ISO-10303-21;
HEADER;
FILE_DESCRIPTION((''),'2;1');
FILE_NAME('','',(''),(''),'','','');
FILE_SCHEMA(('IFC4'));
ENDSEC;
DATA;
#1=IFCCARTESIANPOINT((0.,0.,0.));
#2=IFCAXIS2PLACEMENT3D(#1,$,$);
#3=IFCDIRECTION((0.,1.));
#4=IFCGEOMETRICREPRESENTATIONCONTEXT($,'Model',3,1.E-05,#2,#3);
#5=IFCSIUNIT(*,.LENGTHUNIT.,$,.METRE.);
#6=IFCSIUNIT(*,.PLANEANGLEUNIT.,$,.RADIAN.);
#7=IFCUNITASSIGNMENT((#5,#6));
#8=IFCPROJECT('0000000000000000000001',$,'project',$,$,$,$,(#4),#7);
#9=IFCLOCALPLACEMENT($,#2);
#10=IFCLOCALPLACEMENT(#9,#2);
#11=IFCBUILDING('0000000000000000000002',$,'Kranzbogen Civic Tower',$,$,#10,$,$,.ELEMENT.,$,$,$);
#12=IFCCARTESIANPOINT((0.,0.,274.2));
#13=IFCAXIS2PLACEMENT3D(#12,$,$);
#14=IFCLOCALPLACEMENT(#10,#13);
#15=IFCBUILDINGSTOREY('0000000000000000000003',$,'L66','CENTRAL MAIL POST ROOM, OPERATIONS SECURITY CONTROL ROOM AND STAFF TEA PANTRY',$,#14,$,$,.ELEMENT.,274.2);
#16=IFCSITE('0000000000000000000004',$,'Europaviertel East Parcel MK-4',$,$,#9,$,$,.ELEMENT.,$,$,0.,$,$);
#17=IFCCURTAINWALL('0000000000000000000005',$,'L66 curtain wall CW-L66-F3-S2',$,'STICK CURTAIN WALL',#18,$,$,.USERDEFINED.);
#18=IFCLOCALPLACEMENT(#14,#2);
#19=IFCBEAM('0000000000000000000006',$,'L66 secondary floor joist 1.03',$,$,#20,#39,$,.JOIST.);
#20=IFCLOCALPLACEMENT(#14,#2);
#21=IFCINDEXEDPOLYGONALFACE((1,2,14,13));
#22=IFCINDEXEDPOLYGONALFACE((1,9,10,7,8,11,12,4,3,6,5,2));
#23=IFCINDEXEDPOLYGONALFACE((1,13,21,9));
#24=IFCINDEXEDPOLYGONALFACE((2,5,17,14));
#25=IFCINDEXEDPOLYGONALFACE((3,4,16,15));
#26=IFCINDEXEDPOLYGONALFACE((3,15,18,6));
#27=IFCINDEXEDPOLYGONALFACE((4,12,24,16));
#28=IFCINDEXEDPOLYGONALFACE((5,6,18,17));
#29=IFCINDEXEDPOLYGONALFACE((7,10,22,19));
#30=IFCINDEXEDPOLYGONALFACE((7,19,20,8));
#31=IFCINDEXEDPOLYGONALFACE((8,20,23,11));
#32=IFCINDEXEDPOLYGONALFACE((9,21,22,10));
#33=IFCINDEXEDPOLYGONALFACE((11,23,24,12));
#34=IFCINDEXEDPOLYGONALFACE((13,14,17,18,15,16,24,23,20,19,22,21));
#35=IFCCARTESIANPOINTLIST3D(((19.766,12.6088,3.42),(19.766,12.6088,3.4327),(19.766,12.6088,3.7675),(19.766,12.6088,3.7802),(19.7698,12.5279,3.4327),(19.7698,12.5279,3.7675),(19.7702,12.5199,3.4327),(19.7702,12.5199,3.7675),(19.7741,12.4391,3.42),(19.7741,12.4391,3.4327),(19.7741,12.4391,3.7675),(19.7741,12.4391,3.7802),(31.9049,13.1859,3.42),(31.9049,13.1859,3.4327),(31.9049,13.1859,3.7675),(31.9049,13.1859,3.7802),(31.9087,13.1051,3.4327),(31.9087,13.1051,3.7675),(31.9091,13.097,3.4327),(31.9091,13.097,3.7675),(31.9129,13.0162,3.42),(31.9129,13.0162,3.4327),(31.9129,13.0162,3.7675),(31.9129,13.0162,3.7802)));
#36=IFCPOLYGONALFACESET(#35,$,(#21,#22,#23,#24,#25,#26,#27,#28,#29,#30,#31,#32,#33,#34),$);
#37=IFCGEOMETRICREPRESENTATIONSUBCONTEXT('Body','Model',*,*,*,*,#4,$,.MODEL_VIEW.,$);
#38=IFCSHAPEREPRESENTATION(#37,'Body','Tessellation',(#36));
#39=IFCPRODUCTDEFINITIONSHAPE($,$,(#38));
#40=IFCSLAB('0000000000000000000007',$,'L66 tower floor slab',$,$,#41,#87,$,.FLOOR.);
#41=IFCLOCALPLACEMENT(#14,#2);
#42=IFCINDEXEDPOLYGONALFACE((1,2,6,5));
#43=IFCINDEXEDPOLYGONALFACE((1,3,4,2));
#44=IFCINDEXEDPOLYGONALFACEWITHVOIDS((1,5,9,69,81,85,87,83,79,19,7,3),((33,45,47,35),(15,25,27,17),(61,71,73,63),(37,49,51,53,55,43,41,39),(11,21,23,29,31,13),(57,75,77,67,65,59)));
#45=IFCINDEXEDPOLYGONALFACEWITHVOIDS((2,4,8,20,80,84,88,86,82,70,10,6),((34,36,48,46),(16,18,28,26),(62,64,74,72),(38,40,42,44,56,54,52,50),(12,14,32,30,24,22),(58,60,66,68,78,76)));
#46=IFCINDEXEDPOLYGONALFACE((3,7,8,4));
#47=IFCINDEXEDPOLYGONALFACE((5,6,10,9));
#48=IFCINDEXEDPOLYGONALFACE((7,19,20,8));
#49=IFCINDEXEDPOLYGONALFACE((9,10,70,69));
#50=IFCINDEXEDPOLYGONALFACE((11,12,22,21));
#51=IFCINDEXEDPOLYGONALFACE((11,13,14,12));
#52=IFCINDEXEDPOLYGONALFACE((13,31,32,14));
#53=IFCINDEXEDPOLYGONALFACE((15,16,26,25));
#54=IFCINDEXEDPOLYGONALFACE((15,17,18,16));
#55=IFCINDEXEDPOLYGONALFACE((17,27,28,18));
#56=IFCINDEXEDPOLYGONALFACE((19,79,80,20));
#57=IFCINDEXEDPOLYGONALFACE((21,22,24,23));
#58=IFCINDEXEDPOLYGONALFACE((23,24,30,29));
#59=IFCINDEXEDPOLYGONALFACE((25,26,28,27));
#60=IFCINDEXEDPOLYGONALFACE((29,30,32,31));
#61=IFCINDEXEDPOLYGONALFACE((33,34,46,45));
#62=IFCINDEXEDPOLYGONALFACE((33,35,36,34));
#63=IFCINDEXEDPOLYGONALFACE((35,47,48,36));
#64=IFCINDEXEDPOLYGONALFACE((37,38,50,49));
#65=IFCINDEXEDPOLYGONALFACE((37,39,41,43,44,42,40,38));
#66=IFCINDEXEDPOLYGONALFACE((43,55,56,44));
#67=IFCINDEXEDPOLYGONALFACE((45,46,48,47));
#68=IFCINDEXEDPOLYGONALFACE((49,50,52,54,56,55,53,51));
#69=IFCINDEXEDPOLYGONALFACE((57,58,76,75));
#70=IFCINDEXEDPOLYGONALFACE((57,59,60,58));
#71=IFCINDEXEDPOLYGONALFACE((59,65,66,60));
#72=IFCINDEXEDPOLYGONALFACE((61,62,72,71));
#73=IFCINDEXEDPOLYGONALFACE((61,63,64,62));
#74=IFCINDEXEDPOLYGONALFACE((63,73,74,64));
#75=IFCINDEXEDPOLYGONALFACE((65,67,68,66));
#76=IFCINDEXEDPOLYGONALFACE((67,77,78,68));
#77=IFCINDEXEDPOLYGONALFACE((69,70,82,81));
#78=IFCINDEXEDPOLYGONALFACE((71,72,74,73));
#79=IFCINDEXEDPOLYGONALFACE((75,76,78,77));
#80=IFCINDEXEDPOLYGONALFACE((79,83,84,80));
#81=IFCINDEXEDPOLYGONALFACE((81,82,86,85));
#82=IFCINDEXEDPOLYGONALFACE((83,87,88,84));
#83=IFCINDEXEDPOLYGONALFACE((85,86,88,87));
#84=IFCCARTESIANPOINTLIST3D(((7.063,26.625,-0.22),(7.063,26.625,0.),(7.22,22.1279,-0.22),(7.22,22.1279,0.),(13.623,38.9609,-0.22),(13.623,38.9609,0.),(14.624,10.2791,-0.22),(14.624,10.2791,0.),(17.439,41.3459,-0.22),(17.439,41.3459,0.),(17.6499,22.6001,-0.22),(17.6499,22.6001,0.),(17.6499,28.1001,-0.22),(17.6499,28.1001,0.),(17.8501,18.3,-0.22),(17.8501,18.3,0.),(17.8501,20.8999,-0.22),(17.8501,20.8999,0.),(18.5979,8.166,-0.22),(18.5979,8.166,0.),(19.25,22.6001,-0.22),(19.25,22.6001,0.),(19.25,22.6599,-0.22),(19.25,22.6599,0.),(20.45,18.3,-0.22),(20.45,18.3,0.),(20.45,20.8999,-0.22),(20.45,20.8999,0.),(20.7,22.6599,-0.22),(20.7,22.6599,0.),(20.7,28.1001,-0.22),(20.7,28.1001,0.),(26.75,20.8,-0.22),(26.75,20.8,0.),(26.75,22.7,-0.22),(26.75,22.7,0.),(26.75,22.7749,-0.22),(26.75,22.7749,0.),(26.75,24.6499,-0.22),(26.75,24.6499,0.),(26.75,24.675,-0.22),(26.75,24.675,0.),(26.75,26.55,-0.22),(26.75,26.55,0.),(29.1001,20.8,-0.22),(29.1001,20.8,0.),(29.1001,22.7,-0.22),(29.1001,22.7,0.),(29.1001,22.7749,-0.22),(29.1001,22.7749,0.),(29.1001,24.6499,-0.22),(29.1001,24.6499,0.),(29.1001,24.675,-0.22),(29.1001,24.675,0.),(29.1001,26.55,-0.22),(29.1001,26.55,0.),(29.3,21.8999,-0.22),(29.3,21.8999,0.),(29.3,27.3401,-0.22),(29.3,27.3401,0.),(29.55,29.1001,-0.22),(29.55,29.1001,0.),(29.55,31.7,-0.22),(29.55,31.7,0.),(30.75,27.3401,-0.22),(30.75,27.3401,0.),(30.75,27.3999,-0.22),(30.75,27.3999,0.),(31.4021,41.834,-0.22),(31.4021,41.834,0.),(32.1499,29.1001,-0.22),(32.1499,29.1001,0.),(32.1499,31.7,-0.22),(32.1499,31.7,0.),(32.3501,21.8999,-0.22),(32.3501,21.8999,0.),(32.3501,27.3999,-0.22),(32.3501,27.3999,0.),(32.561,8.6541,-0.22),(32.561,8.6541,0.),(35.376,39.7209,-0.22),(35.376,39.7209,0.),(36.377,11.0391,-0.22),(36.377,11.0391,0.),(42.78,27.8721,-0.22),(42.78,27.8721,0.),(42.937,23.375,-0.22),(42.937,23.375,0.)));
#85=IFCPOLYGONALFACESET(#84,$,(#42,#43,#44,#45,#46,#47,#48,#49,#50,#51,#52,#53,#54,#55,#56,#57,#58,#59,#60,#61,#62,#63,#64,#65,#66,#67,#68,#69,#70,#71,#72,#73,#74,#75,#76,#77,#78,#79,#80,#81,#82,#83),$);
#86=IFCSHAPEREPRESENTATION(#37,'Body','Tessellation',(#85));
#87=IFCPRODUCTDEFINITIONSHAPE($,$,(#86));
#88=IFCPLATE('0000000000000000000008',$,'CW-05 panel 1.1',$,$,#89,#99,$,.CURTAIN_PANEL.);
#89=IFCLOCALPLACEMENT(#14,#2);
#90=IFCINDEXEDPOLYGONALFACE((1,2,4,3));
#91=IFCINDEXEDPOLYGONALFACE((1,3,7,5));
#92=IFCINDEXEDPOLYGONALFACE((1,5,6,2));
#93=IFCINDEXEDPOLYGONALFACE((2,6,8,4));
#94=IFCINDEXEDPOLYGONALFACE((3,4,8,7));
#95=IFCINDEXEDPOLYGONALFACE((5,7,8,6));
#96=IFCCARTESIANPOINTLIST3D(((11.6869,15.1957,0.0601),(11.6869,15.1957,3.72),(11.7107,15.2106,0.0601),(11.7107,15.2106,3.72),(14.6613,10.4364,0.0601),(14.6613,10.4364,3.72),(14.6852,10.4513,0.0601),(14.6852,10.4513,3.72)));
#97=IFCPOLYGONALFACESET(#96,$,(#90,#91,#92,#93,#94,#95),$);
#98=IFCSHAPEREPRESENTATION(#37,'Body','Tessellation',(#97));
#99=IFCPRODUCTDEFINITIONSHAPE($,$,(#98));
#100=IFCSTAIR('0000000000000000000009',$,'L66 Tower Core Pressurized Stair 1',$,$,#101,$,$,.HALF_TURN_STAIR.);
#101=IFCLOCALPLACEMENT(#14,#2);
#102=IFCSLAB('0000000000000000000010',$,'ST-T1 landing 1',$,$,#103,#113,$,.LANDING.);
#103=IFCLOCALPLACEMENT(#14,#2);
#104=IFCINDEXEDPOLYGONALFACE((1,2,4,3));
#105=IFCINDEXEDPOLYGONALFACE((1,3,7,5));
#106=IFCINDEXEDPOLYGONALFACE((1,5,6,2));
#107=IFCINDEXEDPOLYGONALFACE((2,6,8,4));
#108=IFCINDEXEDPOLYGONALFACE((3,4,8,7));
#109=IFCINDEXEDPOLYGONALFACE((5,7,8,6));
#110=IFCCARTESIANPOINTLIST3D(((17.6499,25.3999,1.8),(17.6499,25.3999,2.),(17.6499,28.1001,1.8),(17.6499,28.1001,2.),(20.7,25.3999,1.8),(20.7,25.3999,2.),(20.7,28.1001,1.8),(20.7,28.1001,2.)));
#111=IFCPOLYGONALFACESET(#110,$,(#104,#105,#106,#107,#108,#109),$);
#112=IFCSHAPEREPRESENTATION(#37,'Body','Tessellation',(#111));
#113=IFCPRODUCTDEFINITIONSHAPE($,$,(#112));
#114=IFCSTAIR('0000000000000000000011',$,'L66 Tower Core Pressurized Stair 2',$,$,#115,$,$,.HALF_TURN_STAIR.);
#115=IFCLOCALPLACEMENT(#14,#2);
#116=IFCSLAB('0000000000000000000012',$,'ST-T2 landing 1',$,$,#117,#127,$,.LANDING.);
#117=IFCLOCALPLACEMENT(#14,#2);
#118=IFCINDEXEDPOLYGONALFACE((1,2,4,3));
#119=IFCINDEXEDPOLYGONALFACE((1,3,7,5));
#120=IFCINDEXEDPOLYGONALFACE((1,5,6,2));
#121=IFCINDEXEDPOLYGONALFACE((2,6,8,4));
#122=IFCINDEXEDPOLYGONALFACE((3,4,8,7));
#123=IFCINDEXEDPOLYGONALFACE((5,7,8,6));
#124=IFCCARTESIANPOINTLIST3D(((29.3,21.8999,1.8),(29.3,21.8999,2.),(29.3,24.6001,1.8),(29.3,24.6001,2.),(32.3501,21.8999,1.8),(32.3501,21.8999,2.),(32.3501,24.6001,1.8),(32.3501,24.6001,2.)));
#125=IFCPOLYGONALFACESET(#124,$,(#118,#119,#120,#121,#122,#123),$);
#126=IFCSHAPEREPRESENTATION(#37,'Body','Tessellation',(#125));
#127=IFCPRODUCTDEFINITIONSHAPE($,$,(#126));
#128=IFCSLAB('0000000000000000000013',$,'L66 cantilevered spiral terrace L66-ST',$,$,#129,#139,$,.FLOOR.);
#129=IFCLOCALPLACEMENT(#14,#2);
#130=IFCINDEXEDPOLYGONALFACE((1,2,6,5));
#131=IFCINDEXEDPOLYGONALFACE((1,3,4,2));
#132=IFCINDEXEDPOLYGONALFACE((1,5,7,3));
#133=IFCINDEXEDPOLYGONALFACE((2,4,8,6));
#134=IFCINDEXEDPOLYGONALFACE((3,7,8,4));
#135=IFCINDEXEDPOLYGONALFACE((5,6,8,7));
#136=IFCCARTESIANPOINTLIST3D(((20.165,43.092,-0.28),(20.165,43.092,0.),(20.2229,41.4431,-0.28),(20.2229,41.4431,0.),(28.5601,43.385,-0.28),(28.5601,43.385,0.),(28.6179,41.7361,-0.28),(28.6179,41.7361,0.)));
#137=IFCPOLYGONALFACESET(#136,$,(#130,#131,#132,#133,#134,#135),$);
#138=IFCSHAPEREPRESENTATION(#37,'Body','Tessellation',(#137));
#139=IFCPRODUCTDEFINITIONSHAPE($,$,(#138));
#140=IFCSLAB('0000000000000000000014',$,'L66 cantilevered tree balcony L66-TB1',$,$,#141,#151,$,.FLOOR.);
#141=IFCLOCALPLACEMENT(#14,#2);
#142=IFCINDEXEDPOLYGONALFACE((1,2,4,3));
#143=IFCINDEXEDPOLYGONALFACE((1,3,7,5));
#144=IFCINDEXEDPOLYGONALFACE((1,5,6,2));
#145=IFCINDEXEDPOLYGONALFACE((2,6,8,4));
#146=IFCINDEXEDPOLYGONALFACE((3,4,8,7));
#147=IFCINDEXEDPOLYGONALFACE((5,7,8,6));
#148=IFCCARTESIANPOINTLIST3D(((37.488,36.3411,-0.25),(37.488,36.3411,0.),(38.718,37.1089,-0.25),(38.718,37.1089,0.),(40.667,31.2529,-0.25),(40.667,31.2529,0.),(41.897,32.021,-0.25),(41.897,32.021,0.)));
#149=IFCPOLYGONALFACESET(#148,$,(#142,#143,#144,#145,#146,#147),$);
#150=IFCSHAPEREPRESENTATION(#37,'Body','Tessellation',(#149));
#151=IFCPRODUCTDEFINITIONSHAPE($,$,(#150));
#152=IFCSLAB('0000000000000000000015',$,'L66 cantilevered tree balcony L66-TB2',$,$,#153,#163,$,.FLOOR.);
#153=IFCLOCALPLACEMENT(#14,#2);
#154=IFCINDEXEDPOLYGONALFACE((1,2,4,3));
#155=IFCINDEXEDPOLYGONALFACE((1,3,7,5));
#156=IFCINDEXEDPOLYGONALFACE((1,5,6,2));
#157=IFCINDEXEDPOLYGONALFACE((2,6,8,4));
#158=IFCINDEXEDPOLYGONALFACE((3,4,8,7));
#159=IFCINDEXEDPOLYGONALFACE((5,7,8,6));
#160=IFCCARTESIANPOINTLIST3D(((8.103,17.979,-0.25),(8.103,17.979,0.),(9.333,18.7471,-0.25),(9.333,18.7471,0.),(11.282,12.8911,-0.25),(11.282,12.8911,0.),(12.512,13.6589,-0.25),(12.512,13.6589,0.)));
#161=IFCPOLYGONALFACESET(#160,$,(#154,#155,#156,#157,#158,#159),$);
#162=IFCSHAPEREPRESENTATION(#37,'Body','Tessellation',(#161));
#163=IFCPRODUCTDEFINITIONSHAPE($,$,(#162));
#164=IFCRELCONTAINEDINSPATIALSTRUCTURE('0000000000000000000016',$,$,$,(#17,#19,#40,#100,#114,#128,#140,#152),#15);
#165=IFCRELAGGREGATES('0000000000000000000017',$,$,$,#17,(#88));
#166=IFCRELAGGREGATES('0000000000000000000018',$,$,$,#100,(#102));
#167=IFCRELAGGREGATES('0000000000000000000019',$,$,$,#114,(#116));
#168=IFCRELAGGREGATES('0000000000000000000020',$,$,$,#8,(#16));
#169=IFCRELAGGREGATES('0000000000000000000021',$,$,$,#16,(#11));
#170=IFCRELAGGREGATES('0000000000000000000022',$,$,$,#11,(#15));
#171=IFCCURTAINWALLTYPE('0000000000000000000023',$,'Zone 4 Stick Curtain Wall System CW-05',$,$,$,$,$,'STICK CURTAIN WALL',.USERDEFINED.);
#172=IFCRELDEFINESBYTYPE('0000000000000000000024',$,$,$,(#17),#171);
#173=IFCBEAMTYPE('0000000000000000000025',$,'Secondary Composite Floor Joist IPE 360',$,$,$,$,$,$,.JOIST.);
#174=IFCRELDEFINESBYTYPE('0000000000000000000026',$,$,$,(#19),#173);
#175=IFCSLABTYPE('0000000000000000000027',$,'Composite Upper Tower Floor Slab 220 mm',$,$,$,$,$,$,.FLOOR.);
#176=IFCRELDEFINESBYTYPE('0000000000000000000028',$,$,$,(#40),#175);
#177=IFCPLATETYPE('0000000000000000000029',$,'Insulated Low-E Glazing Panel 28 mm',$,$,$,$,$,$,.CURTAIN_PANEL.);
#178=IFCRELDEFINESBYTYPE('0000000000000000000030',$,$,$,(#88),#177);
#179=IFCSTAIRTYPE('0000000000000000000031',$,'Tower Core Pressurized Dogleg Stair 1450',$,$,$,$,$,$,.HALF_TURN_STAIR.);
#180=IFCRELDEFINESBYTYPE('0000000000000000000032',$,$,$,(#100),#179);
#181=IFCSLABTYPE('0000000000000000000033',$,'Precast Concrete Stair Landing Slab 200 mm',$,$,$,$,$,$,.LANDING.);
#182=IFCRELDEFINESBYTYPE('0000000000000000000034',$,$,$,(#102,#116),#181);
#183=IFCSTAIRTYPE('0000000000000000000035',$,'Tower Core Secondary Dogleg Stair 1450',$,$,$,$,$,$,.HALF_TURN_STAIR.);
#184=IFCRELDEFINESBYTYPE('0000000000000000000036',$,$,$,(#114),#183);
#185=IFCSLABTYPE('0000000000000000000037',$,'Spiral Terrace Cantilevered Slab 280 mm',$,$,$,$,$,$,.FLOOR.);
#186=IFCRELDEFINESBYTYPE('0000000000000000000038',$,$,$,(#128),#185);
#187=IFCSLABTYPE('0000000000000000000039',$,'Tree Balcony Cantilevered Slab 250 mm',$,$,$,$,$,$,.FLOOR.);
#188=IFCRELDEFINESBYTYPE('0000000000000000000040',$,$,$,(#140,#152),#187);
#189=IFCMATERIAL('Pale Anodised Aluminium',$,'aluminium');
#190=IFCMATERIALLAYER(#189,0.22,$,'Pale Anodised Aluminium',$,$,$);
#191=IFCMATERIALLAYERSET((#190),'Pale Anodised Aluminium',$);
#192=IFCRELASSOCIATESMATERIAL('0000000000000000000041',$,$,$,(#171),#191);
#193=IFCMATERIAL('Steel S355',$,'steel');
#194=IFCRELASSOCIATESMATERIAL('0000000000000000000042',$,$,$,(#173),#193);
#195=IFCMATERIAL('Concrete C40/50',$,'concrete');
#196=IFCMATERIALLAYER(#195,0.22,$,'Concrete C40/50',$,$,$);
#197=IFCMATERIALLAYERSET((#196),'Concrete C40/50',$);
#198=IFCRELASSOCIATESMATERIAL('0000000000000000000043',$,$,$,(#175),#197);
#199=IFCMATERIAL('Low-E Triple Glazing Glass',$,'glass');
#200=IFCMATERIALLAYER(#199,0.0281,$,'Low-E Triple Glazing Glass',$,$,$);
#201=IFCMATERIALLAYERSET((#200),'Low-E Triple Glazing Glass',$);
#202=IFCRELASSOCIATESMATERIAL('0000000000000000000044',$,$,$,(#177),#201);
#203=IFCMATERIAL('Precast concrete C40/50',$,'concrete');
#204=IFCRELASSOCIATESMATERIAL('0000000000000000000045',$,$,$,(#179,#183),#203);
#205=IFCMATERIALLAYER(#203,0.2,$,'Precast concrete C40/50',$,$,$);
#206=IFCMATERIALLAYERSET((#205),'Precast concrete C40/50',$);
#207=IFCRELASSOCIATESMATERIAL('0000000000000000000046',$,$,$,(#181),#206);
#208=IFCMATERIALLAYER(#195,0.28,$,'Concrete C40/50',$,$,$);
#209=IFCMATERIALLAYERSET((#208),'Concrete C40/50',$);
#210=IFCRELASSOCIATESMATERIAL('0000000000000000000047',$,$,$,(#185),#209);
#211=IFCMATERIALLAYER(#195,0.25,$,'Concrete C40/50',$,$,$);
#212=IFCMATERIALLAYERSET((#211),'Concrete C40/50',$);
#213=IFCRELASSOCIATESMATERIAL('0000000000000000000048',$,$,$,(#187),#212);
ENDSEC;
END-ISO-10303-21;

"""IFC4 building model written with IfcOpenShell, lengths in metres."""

from ifc_helpers import new_model, si_unit, direction, frame, origin, origin_2d, place, context, subcontext, project, spatial, polyline, rectangle, i_section, outline, extrude, material, layer, layer_set, material_profile, profile_set, type_object, element, aggregate, save


model = new_model("IFC4")

# Units and contexts
model_context = context("Model", 3, precision=1e-05, world=origin(), true_north=direction((0.0, 1.0)))
body_context = subcontext(model_context, "Body", "Model", "MODEL_VIEW")
ifc_project = project(units=[si_unit("LENGTHUNIT", "METRE"), si_unit("PLANEANGLEUNIT", "RADIAN")], contexts=[model_context])

# Site, building, storey
site_placement = place(None, origin())
site = spatial("IfcSite", under=ifc_project, at=site_placement, Name="Europaviertel East Parcel MK-4", CompositionType="ELEMENT", RefElevation=0.0)
building_placement = place(site_placement, origin())
building = spatial("IfcBuilding", under=site, at=building_placement, Name="Kranzbogen Civic Tower", CompositionType="ELEMENT")
storey_placement = place(building_placement, frame((0.0, 0.0, 274.2)))
storey = spatial("IfcBuildingStorey", under=building, at=storey_placement, Name="L66", Description="CENTRAL MAIL POST ROOM, OPERATIONS SECURITY CONTROL ROOM AND STAFF TEA PANTRY", CompositionType="ELEMENT", Elevation=274.2)

# Shared definitions
ifc_material_1 = material(Name="Steel S355", Category="steel")

# Curtain wall
ifc_material_2 = material(Name="Pale Anodised Aluminium", Category="aluminium")
ifc_layer_1 = layer(ifc_material_2, 0.22, Name="Pale Anodised Aluminium")
ifc_layer_set_1 = layer_set([ifc_layer_1], Name="Pale Anodised Aluminium")
curtain_wall_type = type_object("IfcCurtainWallType", Name="Zone 4 Stick Curtain Wall System CW-05", ElementType="STICK CURTAIN WALL", PredefinedType="USERDEFINED", material=ifc_layer_set_1)
curtain_wall_1_placement = place(storey_placement, origin())
curtain_wall_1 = element("IfcCurtainWall", 1, at=curtain_wall_1_placement, inside=storey, type_object=curtain_wall_type, Name="L66 curtain wall CW-L66-F3-S2", ObjectType="STICK CURTAIN WALL", PredefinedType="USERDEFINED")

# Beam
ifc_material_profile_1 = material_profile(ifc_material_1, i_section(OverallWidth=0.1699, OverallDepth=0.3601, WebThickness=0.0081, FlangeThickness=0.0127, at=origin_2d()), Name="IPE 360")
ifc_profile_set_1 = profile_set([ifc_material_profile_1], Name="Steel S355")
beam_type_1 = type_object("IfcBeamType", Name="Secondary Composite Floor Joist IPE 360", PredefinedType="JOIST", material=ifc_profile_set_1)
beam_1_placement = place(storey_placement, frame((19.77, 12.5239, 3.6001), z_axis=(0.998872, 0.047492, 0.0), x_axis=(-0.047492, 0.998872, 0.0)))
element("IfcBeam", 2, at=beam_1_placement, inside=storey, type_object=beam_type_1, Name="L66 secondary floor joist 1.03", PredefinedType="JOIST", context=body_context, shape_type="SweptSolid", body=[
    extrude(i_section(OverallWidth=0.1699, OverallDepth=0.3601, WebThickness=0.0081, FlangeThickness=0.0127, at=origin_2d()), origin(), (0.0, 0.0, 1.0), 12.1526),
])

# Slab
ifc_material_3 = material(Name="Concrete C40/50", Category="concrete")
ifc_layer_2 = layer(ifc_material_3, 0.22, Name="Concrete C40/50")
ifc_layer_set_2 = layer_set([ifc_layer_2], Name="Concrete C40/50")
slab_type_1 = type_object("IfcSlabType", Name="Composite Upper Tower Floor Slab 220 mm", PredefinedType="FLOOR", material=ifc_layer_set_2)
slab_1_placement = place(storey_placement, frame((0.0, 0.0, -0.22)))
element("IfcSlab", 3, at=slab_1_placement, inside=storey, type_object=slab_type_1, Name="L66 tower floor slab", PredefinedType="FLOOR", context=body_context, shape_type="SweptSolid", body=[
    extrude(outline(polyline([(31.4021, 41.834), (17.439, 41.3459), (13.623, 38.9609), (7.063, 26.625), (7.22, 22.1279), (14.624, 10.2791), (18.5979, 8.166), (32.561, 8.6541), (36.377, 11.0391), (42.937, 23.375), (42.78, 27.8721), (35.376, 39.7209), (31.4021, 41.834)]), holes=[polyline([(17.8501, 20.8999), (20.45, 20.8999), (20.45, 18.3), (17.8501, 18.3), (17.8501, 20.8999)]), polyline([(29.1001, 22.7), (29.1001, 20.8), (26.75, 20.8), (26.75, 22.7), (29.1001, 22.7)]), polyline([(29.1001, 24.6499), (29.1001, 22.7749), (26.75, 22.7749), (26.75, 24.6499), (26.75, 24.675), (26.75, 26.55), (29.1001, 26.55), (29.1001, 24.675), (29.1001, 24.6499)]), polyline([(29.3, 27.3401), (30.75, 27.3401), (30.75, 27.3999), (32.3501, 27.3999), (32.3501, 21.8999), (29.3, 21.8999), (29.3, 27.3401)]), polyline([(20.7, 22.6599), (19.25, 22.6599), (19.25, 22.6001), (17.6499, 22.6001), (17.6499, 28.1001), (20.7, 28.1001), (20.7, 22.6599)]), polyline([(32.1499, 31.7), (32.1499, 29.1001), (29.55, 29.1001), (29.55, 31.7), (32.1499, 31.7)])]), origin(), (0.0, 0.0, 1.0), 0.22),
])

# Plate
ifc_material_4 = material(Name="Low-E Triple Glazing Glass", Category="glass")
ifc_layer_3 = layer(ifc_material_4, 0.0281, Name="Low-E Triple Glazing Glass")
ifc_layer_set_3 = layer_set([ifc_layer_3], Name="Low-E Triple Glazing Glass")
plate_type = type_object("IfcPlateType", Name="Insulated Low-E Glazing Panel 28 mm", PredefinedType="CURTAIN_PANEL", material=ifc_layer_set_3)
plate_placement = place(storey_placement, frame((13.186, 12.8235, 0.0601), z_axis=(0.0, 0.0, 1.0), x_axis=(0.529983, -0.848008, 0.0)))
plate = element("IfcPlate", 4, at=plate_placement, type_object=plate_type, Name="CW-05 panel 1.1", PredefinedType="CURTAIN_PANEL", context=body_context, shape_type="SweptSolid", body=[
    extrude(rectangle(XDim=5.6123, YDim=0.0281, at=origin_2d()), origin(), (0.0, 0.0, 1.0), 3.6599),
])
aggregate(curtain_wall_1, [plate])

# Stairs, slabs
ifc_material_5 = material(Name="Precast concrete C40/50", Category="concrete")
stair_type_1 = type_object("IfcStairType", Name="Tower Core Pressurized Dogleg Stair 1450", PredefinedType="HALF_TURN_STAIR", material=ifc_material_5)
stair_1_placement = place(storey_placement, origin())
stair_1 = element("IfcStair", 5, at=stair_1_placement, inside=storey, type_object=stair_type_1, Name="L66 Tower Core Pressurized Stair 1", PredefinedType="HALF_TURN_STAIR")
ifc_layer_4 = layer(ifc_material_5, 0.2, Name="Precast concrete C40/50")
ifc_layer_set_4 = layer_set([ifc_layer_4], Name="Precast concrete C40/50")
slab_type_2 = type_object("IfcSlabType", Name="Precast Concrete Stair Landing Slab 200 mm", PredefinedType="LANDING", material=ifc_layer_set_4)
slab_2_placement = place(storey_placement, frame((0.0, 0.0, 1.8)))
slab_2 = element("IfcSlab", 6, at=slab_2_placement, type_object=slab_type_2, Name="ST-T1 landing 1", PredefinedType="LANDING", context=body_context, shape_type="SweptSolid", body=[
    extrude(outline(polyline([(20.7, 25.3999), (20.7, 28.1001), (17.6499, 28.1001), (17.6499, 25.3999), (20.7, 25.3999)])), origin(), (0.0, 0.0, 1.0), 0.2),
])
aggregate(stair_1, [slab_2])
stair_type_2 = type_object("IfcStairType", Name="Tower Core Secondary Dogleg Stair 1450", PredefinedType="HALF_TURN_STAIR", material=ifc_material_5)
stair_2_placement = place(storey_placement, origin())
stair_2 = element("IfcStair", 7, at=stair_2_placement, inside=storey, type_object=stair_type_2, Name="L66 Tower Core Pressurized Stair 2", PredefinedType="HALF_TURN_STAIR")
slab_3_placement = place(storey_placement, frame((0.0, 0.0, 1.8)))
slab_3 = element("IfcSlab", 8, at=slab_3_placement, type_object=slab_type_2, Name="ST-T2 landing 1", PredefinedType="LANDING", context=body_context, shape_type="SweptSolid", body=[
    extrude(outline(polyline([(29.3, 24.6001), (29.3, 21.8999), (32.3501, 21.8999), (32.3501, 24.6001), (29.3, 24.6001)])), origin(), (0.0, 0.0, 1.0), 0.2),
])
aggregate(stair_2, [slab_3])

# Slabs
ifc_layer_5 = layer(ifc_material_3, 0.28, Name="Concrete C40/50")
ifc_layer_set_5 = layer_set([ifc_layer_5], Name="Concrete C40/50")
slab_type_3 = type_object("IfcSlabType", Name="Spiral Terrace Cantilevered Slab 280 mm", PredefinedType="FLOOR", material=ifc_layer_set_5)
slab_4_placement = place(storey_placement, frame((0.0, 0.0, -0.28)))
element("IfcSlab", 9, at=slab_4_placement, inside=storey, type_object=slab_type_3, Name="L66 cantilevered spiral terrace L66-ST", PredefinedType="FLOOR", context=body_context, shape_type="SweptSolid", body=[
    extrude(outline(polyline([(28.6179, 41.7361), (20.2229, 41.4431), (20.165, 43.092), (28.5601, 43.385), (28.6179, 41.7361)])), origin(), (0.0, 0.0, 1.0), 0.28),
])
ifc_layer_6 = layer(ifc_material_3, 0.25, Name="Concrete C40/50")
ifc_layer_set_6 = layer_set([ifc_layer_6], Name="Concrete C40/50")
slab_type_4 = type_object("IfcSlabType", Name="Tree Balcony Cantilevered Slab 250 mm", PredefinedType="FLOOR", material=ifc_layer_set_6)
slab_5_placement = place(storey_placement, frame((0.0, 0.0, -0.25)))
element("IfcSlab", 10, at=slab_5_placement, inside=storey, type_object=slab_type_4, Name="L66 cantilevered tree balcony L66-TB1", PredefinedType="FLOOR", context=body_context, shape_type="SweptSolid", body=[
    extrude(outline(polyline([(40.667, 31.2529), (37.488, 36.3411), (38.718, 37.1089), (41.897, 32.021), (40.667, 31.2529)])), origin(), (0.0, 0.0, 1.0), 0.25),
])
slab_6_placement = place(storey_placement, frame((0.0, 0.0, -0.25)))
element("IfcSlab", 11, at=slab_6_placement, inside=storey, type_object=slab_type_4, Name="L66 cantilevered tree balcony L66-TB2", PredefinedType="FLOOR", context=body_context, shape_type="SweptSolid", body=[
    extrude(outline(polyline([(9.333, 18.7471), (12.512, 13.6589), (11.282, 12.8911), (8.103, 17.979), (9.333, 18.7471)])), origin(), (0.0, 0.0, 1.0), 0.25),
])

save(model, "model.ifc")
